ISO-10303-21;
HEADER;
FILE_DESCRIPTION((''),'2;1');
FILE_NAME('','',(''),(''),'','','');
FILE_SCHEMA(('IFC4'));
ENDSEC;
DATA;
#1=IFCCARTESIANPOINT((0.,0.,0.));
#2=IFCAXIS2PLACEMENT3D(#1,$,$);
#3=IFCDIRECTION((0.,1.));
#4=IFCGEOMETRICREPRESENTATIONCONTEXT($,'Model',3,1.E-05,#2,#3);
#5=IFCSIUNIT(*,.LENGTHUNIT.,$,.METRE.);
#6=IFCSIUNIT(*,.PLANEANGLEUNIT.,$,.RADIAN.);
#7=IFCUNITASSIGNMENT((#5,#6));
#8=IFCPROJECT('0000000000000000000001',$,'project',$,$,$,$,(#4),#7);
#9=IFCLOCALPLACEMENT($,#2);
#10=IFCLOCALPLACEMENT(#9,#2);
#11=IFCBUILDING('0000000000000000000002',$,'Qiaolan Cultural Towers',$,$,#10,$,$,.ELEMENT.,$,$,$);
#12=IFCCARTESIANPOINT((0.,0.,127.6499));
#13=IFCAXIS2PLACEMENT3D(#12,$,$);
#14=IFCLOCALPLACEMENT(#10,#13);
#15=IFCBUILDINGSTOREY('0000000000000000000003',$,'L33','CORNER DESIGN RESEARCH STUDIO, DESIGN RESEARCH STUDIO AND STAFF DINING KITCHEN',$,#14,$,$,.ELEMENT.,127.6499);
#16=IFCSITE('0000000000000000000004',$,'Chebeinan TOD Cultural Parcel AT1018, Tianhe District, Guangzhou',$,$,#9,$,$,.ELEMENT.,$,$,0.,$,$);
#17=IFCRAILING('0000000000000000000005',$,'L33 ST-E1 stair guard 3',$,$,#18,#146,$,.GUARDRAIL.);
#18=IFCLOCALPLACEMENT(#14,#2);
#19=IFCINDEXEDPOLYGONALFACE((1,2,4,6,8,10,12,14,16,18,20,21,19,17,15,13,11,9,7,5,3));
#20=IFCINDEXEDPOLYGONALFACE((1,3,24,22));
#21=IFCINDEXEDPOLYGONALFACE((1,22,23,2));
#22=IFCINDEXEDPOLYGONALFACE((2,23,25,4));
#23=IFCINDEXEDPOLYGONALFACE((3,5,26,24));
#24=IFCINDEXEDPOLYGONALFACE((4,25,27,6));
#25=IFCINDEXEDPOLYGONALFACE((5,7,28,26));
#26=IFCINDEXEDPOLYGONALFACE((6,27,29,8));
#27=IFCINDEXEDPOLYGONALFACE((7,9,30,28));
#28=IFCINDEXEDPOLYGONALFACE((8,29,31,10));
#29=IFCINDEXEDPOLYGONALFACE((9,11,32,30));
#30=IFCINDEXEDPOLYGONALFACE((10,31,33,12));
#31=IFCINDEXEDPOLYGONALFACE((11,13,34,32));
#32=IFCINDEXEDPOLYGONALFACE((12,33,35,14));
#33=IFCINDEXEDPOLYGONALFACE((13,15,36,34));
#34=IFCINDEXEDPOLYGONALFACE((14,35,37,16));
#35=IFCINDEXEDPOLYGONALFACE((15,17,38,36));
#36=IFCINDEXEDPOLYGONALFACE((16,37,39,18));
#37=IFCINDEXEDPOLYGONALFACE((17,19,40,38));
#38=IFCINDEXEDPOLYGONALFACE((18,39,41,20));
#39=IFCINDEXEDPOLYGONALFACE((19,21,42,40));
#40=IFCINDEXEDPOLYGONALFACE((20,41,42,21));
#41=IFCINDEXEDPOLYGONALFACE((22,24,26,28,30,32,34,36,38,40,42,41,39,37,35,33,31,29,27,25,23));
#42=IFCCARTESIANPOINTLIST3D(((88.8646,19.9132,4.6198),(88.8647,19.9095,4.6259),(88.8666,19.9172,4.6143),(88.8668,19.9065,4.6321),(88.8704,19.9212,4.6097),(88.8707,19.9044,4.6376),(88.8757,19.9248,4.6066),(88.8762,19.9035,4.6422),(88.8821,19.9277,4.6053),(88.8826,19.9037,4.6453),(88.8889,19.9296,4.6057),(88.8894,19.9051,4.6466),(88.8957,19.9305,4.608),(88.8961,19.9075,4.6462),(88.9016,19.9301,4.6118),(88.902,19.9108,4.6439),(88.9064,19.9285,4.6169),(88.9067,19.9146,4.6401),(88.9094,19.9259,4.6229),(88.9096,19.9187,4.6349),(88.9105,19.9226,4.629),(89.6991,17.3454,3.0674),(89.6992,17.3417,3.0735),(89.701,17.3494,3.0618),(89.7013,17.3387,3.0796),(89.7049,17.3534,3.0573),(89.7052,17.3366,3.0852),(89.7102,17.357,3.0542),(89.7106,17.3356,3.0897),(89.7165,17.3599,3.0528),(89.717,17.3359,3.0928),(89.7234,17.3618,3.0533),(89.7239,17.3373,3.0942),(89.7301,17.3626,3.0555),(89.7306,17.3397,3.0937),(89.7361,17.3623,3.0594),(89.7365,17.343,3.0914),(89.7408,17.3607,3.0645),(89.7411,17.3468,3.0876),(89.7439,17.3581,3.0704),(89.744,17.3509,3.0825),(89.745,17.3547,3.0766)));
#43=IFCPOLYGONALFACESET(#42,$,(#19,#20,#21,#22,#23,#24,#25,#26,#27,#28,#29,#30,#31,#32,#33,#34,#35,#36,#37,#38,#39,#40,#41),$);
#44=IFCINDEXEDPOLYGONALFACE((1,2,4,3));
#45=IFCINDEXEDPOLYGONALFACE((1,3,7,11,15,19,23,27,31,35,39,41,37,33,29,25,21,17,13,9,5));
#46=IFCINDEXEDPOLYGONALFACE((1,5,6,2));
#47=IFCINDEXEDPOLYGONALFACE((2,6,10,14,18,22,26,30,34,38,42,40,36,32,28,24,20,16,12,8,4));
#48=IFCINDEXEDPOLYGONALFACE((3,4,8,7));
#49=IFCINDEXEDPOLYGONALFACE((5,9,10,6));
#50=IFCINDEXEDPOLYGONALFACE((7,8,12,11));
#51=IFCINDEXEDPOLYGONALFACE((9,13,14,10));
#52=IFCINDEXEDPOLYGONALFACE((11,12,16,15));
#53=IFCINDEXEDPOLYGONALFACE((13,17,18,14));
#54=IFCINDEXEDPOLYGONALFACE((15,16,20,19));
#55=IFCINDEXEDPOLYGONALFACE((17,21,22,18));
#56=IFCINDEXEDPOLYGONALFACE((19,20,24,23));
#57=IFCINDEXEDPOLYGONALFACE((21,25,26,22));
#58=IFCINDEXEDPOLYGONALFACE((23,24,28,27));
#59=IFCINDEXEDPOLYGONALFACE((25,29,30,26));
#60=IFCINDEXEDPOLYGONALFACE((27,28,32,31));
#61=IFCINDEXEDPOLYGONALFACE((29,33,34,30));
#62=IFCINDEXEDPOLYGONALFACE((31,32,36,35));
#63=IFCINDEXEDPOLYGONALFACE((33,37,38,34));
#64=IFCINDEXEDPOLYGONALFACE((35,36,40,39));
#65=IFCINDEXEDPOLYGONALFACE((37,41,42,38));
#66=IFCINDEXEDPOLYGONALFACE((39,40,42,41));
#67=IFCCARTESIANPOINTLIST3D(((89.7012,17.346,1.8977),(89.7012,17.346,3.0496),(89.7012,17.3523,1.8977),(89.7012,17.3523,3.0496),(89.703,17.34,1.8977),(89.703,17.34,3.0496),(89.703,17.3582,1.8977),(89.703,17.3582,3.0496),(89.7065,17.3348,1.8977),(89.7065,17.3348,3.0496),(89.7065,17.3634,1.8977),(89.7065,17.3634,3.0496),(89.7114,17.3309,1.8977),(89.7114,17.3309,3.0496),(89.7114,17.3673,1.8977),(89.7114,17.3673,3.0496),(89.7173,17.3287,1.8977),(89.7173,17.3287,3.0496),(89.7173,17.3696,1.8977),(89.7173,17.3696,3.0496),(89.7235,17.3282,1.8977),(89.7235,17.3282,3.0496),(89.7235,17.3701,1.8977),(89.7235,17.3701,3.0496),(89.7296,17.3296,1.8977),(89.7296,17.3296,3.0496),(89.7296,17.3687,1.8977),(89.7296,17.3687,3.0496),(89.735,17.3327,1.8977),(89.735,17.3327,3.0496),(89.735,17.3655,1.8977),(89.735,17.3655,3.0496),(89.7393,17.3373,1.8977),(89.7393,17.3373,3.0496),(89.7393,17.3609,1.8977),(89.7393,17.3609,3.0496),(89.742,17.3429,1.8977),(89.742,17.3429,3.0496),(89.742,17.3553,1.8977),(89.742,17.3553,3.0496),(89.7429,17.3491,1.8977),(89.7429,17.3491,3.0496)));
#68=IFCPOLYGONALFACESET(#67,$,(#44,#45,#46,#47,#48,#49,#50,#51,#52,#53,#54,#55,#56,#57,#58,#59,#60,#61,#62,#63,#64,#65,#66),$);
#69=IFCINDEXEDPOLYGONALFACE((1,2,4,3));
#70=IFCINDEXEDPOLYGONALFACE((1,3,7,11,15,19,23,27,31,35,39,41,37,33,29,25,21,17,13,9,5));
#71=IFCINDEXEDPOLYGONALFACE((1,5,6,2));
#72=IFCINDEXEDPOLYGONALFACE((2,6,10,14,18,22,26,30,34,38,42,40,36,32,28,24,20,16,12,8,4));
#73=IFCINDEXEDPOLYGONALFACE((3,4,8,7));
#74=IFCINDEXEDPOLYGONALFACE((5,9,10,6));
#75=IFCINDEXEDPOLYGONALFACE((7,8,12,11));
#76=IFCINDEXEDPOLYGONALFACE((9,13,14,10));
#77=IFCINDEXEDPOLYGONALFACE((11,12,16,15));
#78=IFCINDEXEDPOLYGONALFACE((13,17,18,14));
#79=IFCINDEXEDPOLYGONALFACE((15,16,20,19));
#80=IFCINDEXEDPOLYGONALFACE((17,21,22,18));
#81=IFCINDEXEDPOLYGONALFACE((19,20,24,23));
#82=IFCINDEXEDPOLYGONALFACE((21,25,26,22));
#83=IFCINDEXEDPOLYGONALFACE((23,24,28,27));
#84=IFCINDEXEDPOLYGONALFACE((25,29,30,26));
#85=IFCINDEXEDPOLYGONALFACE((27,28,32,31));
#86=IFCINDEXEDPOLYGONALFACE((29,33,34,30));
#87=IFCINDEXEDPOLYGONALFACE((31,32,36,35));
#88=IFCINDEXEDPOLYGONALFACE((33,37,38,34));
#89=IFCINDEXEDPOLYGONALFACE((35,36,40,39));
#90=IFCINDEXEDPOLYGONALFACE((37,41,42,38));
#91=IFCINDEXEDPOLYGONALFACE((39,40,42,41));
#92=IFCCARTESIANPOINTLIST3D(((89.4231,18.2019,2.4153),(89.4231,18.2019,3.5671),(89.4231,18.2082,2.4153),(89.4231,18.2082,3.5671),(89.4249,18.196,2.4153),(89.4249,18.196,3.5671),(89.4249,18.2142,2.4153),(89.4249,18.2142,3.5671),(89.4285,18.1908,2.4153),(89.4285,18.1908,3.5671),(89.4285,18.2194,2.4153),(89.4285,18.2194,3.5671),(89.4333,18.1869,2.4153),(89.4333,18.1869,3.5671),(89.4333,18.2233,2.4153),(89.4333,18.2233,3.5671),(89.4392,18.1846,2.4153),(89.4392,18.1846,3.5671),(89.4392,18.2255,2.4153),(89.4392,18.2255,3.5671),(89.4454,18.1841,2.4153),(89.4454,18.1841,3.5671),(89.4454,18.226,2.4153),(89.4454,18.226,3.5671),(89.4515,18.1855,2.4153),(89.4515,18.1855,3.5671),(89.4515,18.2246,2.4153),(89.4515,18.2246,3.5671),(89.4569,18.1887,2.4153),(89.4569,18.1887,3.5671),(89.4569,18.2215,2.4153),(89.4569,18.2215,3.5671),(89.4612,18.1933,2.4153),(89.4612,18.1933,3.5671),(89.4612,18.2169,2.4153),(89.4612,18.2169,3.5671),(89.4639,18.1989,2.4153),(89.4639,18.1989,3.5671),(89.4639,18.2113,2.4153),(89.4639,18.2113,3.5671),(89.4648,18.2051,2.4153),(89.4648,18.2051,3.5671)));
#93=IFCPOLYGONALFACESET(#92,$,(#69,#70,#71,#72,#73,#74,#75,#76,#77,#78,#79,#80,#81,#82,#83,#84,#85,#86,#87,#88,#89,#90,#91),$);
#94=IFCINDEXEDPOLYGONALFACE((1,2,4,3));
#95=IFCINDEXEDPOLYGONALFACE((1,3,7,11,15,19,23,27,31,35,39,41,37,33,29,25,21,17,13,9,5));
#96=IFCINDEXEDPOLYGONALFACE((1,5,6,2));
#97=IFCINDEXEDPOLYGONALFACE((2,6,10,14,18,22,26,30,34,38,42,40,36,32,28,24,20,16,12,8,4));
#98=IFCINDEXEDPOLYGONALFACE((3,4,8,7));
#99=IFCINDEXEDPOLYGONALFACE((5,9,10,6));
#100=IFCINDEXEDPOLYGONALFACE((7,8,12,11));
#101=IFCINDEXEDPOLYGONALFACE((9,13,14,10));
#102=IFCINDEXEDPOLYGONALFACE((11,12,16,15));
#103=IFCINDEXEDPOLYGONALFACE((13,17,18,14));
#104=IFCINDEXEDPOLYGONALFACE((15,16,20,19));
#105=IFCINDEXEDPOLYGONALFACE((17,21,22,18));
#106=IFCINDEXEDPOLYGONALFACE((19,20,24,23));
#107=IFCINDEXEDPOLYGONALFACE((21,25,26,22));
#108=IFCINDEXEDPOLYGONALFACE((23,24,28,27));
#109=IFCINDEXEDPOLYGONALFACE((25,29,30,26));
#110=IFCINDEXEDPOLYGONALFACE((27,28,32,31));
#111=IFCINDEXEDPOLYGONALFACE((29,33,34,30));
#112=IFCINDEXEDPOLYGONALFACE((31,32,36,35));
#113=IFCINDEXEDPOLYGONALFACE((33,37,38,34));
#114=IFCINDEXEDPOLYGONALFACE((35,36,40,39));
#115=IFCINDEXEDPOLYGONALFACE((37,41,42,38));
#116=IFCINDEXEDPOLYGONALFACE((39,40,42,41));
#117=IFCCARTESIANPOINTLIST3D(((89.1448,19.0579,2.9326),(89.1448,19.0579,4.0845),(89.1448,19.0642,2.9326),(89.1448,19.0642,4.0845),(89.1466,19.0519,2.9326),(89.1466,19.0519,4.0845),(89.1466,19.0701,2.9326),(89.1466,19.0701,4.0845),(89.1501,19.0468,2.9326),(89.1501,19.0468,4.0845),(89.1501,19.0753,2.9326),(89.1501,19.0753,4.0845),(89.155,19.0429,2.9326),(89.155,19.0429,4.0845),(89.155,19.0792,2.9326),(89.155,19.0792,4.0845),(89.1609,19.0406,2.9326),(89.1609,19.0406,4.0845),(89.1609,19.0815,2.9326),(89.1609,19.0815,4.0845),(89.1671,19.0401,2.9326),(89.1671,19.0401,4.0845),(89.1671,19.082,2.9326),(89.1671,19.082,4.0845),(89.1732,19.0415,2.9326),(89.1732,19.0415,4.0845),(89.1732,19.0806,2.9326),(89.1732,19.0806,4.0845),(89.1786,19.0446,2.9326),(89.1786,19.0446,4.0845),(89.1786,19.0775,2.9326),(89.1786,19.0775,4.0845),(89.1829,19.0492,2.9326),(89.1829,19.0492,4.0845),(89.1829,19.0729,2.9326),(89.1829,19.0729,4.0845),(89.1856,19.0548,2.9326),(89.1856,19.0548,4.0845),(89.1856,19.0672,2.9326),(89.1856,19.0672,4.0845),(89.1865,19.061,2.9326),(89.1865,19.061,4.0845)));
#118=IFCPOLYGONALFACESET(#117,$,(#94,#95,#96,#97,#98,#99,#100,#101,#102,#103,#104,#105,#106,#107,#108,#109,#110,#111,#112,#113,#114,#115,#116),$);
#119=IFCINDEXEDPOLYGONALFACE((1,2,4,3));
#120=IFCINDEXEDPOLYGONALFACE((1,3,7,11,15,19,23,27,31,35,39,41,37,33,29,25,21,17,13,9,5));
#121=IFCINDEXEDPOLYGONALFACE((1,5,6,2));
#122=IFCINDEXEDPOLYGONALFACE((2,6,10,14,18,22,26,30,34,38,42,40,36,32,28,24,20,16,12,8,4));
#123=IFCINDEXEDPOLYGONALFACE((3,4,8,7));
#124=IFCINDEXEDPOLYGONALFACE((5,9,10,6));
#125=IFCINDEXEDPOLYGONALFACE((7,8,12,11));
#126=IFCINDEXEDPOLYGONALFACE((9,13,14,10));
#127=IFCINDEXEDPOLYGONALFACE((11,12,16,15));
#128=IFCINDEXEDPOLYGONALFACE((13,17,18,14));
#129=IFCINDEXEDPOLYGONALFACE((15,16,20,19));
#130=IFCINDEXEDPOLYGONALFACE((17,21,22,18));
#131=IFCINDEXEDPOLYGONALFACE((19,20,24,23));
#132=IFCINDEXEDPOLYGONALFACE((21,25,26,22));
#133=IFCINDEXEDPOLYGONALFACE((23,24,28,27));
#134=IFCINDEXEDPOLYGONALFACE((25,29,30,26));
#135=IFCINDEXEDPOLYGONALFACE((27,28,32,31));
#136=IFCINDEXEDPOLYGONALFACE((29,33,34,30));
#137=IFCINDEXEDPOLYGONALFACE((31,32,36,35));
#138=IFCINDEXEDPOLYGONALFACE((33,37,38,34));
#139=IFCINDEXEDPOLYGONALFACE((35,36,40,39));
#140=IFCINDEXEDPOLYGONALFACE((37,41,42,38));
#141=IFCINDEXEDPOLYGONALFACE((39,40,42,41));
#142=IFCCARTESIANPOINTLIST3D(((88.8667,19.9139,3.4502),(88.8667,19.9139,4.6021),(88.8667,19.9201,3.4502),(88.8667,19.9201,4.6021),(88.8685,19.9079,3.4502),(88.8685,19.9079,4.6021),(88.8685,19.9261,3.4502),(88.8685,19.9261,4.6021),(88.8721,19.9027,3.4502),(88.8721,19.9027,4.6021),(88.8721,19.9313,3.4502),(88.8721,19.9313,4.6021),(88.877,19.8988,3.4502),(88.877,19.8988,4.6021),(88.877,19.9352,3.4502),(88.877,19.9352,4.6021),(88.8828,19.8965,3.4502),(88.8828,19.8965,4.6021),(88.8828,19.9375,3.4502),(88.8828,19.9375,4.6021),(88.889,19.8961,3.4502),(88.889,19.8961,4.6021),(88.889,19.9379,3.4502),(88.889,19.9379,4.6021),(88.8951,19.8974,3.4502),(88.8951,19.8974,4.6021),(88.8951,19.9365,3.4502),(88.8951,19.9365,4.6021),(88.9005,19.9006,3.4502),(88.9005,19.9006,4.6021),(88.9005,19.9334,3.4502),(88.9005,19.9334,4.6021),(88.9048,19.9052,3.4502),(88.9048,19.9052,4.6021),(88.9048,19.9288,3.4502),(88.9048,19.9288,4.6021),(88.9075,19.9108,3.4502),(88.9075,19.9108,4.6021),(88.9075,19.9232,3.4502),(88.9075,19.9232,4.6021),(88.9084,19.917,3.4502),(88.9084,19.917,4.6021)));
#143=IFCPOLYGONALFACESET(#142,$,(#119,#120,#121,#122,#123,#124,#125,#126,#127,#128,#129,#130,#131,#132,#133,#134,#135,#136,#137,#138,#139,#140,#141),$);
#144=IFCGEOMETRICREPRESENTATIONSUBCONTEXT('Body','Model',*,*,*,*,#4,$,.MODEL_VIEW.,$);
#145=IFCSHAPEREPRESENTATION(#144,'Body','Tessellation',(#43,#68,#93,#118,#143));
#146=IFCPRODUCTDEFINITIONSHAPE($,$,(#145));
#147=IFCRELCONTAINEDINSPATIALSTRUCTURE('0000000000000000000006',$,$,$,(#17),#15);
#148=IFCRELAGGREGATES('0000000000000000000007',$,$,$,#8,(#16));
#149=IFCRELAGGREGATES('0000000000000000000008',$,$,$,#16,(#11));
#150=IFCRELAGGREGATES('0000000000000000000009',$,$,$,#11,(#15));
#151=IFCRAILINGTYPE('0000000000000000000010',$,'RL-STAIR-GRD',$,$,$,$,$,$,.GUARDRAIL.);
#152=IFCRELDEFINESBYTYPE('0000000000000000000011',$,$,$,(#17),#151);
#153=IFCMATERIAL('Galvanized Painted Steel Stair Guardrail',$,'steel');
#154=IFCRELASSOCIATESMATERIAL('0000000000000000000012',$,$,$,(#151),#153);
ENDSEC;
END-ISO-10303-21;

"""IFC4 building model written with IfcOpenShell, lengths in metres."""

from ifc_helpers import new_model, si_unit, direction, frame, origin, origin_2d, place, context, subcontext, project, spatial, circle, extrude, material, type_object, element, save


model = new_model("IFC4")

# Units and contexts
model_context = context("Model", 3, precision=1e-05, world=origin(), true_north=direction((0.0, 1.0)))
body_context = subcontext(model_context, "Body", "Model", "MODEL_VIEW")
ifc_project = project(units=[si_unit("LENGTHUNIT", "METRE"), si_unit("PLANEANGLEUNIT", "RADIAN")], contexts=[model_context])

# Site, building, storey
site_placement = place(None, origin())
site = spatial("IfcSite", under=ifc_project, at=site_placement, Name="Chebeinan TOD Cultural Parcel AT1018, Tianhe District, Guangzhou", CompositionType="ELEMENT", RefElevation=0.0)
building_placement = place(site_placement, origin())
building = spatial("IfcBuilding", under=site, at=building_placement, Name="Qiaolan Cultural Towers", CompositionType="ELEMENT")
storey_placement = place(building_placement, frame((0.0, 0.0, 127.6499)))
storey = spatial("IfcBuildingStorey", under=building, at=storey_placement, Name="L33", Description="CORNER DESIGN RESEARCH STUDIO, DESIGN RESEARCH STUDIO AND STAFF DINING KITCHEN", CompositionType="ELEMENT", Elevation=127.6499)

# Railing
ifc_material_1 = material(Name="Galvanized Painted Steel Stair Guardrail", Category="steel")
railing_type_1 = type_object("IfcRailingType", Name="RL-STAIR-GRD", PredefinedType="GUARDRAIL", material=ifc_material_1)
railing_1_placement = place(storey_placement, frame((89.7219, 17.3491, 1.8977)))
element("IfcRailing", 1, at=railing_1_placement, inside=storey, type_object=railing_type_1, Name="L33 ST-E1 stair guard 3", PredefinedType="GUARDRAIL", context=body_context, shape_type="SweptSolid", body=[
    extrude(circle(Radius=0.0239, at=origin_2d()), frame((0.0, 0.0, 1.1758), z_axis=(-0.267926, 0.824471, 0.498461), x_axis=(-0.951043, -0.309057, 0.0)), (0.0, 0.0, 1.0), 3.1145),
    extrude(circle(Radius=0.021, at=origin_2d()), origin(), (0.0, 0.0, 1.0), 1.1519),
    extrude(circle(Radius=0.021, at=origin_2d()), frame((-0.2781, 0.856, 0.5176)), (0.0, 0.0, 1.0), 1.1519),
    extrude(circle(Radius=0.021, at=origin_2d()), frame((-0.5564, 1.7119, 1.0349)), (0.0, 0.0, 1.0), 1.1519),
    extrude(circle(Radius=0.021, at=origin_2d()), frame((-0.8345, 2.5679, 1.5525)), (0.0, 0.0, 1.0), 1.1519),
])

save(model, "model.ifc")
